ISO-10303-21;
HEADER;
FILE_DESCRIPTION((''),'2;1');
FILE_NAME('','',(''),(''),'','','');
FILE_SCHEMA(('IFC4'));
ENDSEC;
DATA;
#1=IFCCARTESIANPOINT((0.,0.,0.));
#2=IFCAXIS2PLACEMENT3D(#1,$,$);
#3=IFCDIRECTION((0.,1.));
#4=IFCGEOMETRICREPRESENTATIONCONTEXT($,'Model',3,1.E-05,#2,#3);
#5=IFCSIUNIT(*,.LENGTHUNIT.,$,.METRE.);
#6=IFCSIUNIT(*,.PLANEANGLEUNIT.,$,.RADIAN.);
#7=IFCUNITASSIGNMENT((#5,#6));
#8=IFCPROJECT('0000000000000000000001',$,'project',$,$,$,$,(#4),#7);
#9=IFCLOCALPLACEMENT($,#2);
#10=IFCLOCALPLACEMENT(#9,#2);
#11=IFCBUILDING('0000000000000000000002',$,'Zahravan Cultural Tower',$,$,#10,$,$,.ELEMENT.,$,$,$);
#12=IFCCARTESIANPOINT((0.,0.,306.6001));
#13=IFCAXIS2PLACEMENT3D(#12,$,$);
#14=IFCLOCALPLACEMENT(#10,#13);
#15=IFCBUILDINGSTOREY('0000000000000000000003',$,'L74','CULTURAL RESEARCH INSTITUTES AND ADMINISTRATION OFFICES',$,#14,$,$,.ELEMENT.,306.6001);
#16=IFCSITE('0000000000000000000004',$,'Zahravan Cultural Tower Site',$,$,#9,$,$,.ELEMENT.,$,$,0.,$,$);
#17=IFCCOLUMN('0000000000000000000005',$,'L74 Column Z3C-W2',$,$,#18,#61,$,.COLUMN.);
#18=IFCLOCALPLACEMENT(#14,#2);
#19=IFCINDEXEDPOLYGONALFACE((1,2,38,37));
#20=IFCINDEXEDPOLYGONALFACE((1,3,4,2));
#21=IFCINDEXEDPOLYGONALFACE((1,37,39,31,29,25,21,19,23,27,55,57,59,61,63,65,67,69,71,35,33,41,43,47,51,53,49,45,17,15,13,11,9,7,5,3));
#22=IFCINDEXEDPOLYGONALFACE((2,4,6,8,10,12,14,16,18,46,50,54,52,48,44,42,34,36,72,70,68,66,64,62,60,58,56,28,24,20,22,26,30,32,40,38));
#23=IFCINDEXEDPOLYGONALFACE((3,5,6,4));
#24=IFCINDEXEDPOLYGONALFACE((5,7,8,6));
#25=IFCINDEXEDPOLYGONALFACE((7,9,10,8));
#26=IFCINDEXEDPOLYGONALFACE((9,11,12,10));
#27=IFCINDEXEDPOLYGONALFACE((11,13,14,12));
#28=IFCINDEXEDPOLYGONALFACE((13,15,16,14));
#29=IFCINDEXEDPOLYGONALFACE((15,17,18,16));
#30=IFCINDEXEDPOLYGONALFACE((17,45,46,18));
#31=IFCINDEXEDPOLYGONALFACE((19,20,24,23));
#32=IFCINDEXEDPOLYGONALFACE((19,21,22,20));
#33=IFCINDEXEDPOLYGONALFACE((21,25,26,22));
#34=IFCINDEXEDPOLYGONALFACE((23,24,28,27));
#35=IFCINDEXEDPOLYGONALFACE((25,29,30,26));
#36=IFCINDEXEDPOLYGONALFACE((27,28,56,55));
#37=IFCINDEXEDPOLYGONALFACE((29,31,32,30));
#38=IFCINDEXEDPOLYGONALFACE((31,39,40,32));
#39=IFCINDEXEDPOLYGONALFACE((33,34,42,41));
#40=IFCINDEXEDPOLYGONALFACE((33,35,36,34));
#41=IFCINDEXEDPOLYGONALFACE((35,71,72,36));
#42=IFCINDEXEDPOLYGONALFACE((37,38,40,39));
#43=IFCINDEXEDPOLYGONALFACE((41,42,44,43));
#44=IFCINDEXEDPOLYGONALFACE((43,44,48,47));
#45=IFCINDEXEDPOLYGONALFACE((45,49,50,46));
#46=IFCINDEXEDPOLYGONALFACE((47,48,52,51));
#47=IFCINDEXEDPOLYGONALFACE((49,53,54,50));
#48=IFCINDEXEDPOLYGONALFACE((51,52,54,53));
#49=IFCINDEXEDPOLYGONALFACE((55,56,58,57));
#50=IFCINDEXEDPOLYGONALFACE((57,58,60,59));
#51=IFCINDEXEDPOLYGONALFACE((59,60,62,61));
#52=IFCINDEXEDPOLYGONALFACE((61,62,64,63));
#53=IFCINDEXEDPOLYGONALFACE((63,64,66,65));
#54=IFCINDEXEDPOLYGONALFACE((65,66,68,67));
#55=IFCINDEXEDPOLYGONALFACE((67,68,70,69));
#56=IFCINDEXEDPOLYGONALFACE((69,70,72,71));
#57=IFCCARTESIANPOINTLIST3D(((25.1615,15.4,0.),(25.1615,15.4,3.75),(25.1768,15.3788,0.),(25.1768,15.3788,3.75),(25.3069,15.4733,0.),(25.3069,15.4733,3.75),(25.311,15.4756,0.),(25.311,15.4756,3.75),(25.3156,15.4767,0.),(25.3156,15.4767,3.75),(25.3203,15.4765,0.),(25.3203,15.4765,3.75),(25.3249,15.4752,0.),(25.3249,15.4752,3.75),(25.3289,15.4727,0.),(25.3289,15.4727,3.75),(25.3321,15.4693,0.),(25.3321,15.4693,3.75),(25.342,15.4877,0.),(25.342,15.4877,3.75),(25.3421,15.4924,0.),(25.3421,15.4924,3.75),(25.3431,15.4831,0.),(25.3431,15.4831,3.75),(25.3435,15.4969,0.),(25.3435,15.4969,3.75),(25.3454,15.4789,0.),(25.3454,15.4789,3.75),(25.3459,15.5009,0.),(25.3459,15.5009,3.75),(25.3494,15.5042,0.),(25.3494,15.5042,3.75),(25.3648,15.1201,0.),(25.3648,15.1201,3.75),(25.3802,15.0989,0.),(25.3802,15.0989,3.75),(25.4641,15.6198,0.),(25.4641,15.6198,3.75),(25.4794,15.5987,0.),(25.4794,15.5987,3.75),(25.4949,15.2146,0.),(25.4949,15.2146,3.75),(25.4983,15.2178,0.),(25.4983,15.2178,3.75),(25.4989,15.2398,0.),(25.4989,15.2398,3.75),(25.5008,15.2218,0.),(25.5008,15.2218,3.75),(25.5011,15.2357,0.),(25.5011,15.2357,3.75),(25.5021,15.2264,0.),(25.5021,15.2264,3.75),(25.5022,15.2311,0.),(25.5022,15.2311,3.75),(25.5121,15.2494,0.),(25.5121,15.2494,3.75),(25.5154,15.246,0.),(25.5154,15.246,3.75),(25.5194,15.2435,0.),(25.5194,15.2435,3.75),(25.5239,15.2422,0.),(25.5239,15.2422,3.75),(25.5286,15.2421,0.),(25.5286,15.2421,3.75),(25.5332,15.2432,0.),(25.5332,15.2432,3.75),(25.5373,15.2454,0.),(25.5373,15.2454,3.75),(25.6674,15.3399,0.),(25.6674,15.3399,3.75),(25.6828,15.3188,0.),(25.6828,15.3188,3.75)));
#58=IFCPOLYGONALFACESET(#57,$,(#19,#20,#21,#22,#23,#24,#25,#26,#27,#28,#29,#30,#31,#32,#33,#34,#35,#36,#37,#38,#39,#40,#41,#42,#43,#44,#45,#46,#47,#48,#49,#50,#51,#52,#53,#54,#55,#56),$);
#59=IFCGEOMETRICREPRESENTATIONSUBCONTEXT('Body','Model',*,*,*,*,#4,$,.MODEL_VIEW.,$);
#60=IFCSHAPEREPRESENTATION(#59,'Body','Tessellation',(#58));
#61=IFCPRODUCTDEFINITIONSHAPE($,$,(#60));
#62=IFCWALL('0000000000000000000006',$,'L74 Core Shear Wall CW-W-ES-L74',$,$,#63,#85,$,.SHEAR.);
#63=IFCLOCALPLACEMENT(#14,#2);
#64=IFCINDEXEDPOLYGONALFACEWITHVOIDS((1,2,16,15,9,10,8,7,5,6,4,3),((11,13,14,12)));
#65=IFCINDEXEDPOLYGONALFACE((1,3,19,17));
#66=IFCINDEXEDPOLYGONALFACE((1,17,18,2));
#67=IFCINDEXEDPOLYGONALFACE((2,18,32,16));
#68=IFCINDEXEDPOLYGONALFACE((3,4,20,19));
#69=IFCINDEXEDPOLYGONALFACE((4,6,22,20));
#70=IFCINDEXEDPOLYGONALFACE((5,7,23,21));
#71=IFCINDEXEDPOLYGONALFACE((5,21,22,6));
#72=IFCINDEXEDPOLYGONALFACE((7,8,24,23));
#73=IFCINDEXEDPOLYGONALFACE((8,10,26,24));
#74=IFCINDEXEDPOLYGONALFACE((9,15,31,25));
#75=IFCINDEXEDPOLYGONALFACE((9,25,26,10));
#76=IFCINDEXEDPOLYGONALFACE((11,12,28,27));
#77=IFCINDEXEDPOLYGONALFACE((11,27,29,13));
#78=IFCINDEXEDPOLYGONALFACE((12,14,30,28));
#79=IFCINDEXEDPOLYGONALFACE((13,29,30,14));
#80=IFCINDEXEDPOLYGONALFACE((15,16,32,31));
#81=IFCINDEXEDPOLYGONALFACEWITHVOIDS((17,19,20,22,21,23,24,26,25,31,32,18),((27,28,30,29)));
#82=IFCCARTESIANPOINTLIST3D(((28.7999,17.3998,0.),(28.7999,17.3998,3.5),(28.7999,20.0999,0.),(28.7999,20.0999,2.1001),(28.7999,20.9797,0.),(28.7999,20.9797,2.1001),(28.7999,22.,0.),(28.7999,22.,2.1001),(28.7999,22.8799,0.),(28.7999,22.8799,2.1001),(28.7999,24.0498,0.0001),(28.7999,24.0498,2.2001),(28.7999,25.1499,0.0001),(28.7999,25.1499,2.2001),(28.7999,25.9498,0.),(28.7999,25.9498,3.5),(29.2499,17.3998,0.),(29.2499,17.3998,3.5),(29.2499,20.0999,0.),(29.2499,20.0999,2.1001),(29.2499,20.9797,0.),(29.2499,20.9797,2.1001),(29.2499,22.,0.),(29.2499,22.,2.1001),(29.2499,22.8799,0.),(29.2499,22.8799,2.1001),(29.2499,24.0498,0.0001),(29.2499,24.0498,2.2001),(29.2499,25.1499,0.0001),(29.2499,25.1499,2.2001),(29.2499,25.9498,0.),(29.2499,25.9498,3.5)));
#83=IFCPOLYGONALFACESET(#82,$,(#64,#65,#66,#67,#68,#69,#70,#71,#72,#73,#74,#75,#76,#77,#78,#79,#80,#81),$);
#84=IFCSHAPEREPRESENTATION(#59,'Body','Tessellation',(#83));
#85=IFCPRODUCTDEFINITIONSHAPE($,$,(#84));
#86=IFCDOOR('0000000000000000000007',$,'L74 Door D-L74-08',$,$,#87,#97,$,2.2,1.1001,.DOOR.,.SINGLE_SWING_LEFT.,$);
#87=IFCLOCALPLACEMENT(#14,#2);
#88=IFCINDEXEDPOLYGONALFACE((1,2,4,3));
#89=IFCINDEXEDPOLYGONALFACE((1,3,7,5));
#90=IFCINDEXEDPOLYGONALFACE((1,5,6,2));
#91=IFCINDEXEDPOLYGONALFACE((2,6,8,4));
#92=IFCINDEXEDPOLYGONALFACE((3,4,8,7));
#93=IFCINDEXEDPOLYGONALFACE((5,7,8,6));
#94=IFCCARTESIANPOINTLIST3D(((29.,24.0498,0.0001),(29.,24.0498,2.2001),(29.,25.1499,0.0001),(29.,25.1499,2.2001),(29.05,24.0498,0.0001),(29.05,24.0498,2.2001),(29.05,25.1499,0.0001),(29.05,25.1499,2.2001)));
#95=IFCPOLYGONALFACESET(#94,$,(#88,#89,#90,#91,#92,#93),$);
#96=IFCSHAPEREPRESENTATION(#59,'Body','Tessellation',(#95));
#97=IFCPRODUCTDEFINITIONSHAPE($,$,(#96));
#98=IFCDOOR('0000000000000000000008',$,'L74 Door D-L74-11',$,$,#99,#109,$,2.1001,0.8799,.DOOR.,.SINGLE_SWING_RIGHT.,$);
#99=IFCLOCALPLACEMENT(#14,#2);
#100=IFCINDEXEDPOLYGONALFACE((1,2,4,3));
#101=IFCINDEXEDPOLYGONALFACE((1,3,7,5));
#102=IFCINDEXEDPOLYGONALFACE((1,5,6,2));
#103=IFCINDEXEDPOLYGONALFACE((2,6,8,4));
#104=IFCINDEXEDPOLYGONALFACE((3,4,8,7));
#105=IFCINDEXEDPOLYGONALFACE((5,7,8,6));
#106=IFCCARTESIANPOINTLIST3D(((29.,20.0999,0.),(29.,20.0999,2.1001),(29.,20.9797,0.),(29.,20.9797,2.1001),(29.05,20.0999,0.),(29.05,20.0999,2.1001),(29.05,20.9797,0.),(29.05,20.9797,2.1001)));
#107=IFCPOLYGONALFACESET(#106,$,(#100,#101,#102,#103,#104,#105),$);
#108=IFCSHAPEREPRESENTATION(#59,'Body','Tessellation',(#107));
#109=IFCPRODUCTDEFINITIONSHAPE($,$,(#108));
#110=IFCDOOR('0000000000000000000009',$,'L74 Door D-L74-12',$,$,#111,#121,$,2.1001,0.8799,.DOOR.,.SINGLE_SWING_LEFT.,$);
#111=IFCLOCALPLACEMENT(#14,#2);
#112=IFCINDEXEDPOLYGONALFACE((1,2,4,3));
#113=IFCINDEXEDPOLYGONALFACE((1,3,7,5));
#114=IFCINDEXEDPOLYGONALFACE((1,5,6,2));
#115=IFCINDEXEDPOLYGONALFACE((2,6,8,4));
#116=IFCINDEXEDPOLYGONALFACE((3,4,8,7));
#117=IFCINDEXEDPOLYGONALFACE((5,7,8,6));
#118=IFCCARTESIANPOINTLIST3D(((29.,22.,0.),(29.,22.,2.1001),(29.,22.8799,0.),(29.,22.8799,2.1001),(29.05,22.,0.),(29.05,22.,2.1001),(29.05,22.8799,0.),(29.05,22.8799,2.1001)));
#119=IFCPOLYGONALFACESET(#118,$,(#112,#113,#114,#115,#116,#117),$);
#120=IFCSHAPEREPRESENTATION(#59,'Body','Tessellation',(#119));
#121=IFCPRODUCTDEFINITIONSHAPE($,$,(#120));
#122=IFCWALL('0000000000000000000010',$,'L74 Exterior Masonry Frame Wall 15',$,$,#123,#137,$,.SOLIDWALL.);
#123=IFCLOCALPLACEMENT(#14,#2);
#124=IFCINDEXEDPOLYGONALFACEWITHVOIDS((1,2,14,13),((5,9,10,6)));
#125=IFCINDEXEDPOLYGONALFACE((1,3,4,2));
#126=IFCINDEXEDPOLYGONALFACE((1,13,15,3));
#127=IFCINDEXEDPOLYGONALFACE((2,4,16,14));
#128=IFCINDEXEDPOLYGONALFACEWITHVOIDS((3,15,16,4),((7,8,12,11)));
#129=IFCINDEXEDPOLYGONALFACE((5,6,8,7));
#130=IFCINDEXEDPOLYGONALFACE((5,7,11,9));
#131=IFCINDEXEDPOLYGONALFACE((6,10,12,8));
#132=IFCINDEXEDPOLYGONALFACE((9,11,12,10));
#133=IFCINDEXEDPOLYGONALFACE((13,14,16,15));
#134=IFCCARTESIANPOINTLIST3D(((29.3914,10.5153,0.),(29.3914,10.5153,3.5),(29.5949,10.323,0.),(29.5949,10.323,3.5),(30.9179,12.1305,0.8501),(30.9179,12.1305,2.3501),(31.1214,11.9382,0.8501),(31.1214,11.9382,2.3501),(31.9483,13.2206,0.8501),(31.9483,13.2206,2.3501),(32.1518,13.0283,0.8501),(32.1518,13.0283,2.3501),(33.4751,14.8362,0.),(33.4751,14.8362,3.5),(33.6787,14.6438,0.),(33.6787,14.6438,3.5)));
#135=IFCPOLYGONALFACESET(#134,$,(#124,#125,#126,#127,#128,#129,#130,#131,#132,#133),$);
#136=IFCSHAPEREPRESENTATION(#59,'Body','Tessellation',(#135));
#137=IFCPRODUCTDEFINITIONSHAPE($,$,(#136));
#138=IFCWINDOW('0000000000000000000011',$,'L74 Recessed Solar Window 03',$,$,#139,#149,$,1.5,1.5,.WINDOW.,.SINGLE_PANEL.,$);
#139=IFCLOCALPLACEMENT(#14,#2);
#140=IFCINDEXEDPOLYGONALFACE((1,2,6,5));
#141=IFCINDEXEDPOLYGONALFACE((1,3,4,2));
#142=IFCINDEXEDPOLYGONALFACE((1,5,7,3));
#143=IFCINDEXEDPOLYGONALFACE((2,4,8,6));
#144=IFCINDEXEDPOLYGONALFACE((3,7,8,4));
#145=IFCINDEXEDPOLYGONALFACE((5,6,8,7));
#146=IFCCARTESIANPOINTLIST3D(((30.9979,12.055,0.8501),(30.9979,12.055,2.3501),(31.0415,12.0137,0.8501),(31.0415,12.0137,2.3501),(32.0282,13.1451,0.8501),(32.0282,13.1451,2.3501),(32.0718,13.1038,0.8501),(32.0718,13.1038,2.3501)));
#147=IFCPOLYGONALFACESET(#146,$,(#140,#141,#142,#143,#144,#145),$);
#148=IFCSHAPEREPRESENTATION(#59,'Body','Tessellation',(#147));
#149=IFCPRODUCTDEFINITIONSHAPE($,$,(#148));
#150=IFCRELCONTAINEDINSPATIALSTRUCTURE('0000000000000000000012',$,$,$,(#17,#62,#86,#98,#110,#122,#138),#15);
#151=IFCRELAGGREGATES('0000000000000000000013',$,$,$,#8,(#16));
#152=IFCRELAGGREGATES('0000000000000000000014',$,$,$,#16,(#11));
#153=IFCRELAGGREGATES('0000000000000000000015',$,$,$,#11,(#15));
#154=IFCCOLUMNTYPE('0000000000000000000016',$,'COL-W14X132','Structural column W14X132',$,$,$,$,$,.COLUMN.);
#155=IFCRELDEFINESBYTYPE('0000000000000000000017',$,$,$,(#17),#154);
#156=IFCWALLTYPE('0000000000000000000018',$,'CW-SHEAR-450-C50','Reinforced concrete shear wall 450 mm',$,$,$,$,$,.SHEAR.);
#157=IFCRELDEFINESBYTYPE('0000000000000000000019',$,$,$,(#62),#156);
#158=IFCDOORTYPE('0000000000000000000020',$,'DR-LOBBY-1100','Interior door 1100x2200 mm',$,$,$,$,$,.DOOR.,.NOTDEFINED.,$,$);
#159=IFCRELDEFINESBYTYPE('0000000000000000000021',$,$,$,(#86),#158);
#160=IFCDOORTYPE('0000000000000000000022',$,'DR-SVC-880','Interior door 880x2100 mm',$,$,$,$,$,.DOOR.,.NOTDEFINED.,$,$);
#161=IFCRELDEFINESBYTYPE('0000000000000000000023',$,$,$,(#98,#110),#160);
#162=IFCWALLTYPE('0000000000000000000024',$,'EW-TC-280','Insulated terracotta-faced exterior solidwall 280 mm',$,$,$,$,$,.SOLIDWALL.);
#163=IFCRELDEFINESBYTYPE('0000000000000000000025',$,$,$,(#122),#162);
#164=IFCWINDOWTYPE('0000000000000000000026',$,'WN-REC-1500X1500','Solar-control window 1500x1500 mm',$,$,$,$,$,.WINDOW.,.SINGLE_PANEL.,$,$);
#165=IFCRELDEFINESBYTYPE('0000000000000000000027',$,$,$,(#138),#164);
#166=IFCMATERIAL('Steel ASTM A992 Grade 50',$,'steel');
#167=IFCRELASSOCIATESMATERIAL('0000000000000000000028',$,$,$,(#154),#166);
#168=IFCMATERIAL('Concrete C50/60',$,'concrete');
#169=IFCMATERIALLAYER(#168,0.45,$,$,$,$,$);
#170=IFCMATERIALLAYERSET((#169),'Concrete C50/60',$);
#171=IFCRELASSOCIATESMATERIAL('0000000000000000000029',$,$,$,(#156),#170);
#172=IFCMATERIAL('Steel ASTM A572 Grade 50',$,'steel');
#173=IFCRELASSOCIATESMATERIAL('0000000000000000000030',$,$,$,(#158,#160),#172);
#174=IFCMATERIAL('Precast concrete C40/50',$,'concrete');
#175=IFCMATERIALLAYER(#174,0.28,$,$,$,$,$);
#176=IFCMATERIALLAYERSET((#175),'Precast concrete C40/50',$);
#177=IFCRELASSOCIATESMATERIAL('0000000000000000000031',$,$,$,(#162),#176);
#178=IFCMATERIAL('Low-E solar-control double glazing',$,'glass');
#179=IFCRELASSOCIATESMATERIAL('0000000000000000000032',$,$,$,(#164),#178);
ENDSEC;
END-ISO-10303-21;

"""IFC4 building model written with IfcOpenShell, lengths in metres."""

from ifc_helpers import new_model, si_unit, direction, frame, frame_2d, origin, origin_2d, place, context, subcontext, project, spatial, rectangle, i_section, extrude, source, transform, mapped, material, layer, layer_set, material_profile, profile_set, type_object, element, fill, save


model = new_model("IFC4")

# Units and contexts
model_context = context("Model", 3, precision=1e-05, world=origin(), true_north=direction((0.0, 1.0)))
body_context = subcontext(model_context, "Body", "Model", "MODEL_VIEW")
ifc_project = project(units=[si_unit("LENGTHUNIT", "METRE"), si_unit("PLANEANGLEUNIT", "RADIAN")], contexts=[model_context])

# Site, building, storey
site_placement = place(None, origin())
site = spatial("IfcSite", under=ifc_project, at=site_placement, Name="Zahravan Cultural Tower Site", CompositionType="ELEMENT", RefElevation=0.0)
building_placement = place(site_placement, origin())
building = spatial("IfcBuilding", under=site, at=building_placement, Name="Zahravan Cultural Tower", CompositionType="ELEMENT")
storey_placement = place(building_placement, frame((0.0, 0.0, 306.6001)))
storey = spatial("IfcBuildingStorey", under=building, at=storey_placement, Name="L74", Description="CULTURAL RESEARCH INSTITUTES AND ADMINISTRATION OFFICES", CompositionType="ELEMENT", Elevation=306.6001)

# Column
ifc_material_1 = material(Name="Steel ASTM A992 Grade 50", Category="steel")
ifc_material_profile = material_profile(ifc_material_1, i_section(OverallWidth=0.374, OverallDepth=0.3721, WebThickness=0.0164, FlangeThickness=0.0261, FilletRadius=0.0181, at=origin_2d()), Name="W14X132")
ifc_profile_set = profile_set([ifc_material_profile], Name="Steel ASTM A992 Grade 50")
column_type = type_object("IfcColumnType", Name="COL-W14X132", Description="Structural column W14X132", PredefinedType="COLUMN", material=ifc_profile_set)
shared_shape_1 = source(origin(), body_context, "Body", "SweptSolid", [
    extrude(i_section(OverallWidth=0.374, OverallDepth=0.3721, WebThickness=0.0164, FlangeThickness=0.0261, FilletRadius=0.0181, at=origin_2d()), origin(), (0.0, 0.0, 1.0), 3.75),
])
column_placement = place(storey_placement, frame((25.4221, 15.3594, 0.0), z_axis=(0.0, 0.0, 1.0), x_axis=(0.809017, 0.587785, 0.0)))
element("IfcColumn", 1, at=column_placement, inside=storey, type_object=column_type, Name="L74 Column Z3C-W2", PredefinedType="COLUMN", context=body_context, shape_type="MappedRepresentation", body=[
    mapped(shared_shape_1, transform((0.0, 0.0, 0.0), x_axis=(1.0, 0.0, 0.0), y_axis=(0.0, 1.0, 0.0), z_axis=(0.0, 0.0, 1.0), scale=1.0)),
])

# Wall, openings, doors
ifc_material_2 = material(Name="Concrete C50/60", Category="concrete")
ifc_layer_1 = layer(ifc_material_2, 0.45)
ifc_layer_set_1 = layer_set([ifc_layer_1], Name="Concrete C50/60")
wall_type_1 = type_object("IfcWallType", Name="CW-SHEAR-450-C50", Description="Reinforced concrete shear wall 450 mm", PredefinedType="SHEAR", material=ifc_layer_set_1)
wall_1_placement = place(storey_placement, frame((29.0249, 17.3999, 0.0), z_axis=(0.0, 0.0, 1.0), x_axis=(0.0, 1.0, 0.0)))
wall_1 = element("IfcWall", 2, at=wall_1_placement, inside=storey, type_object=wall_type_1, Name="L74 Core Shear Wall CW-W-ES-L74", PredefinedType="SHEAR", context=body_context, shape_type="SweptSolid", body=[
    extrude(rectangle(XDim=8.55, YDim=0.45, at=frame_2d((4.2749, 0.0))), origin(), (0.0, 0.0, 1.0), 3.5),
])
opening_1_placement = place(wall_1_placement, frame((6.6499, 0.0, 0.0)))
opening_1 = element("IfcOpeningElement", 3, at=opening_1_placement, cuts=wall_1, PredefinedType="OPENING", context=body_context, shape_type="SweptSolid", body=[
    extrude(rectangle(XDim=1.1001, YDim=2.2, at=frame_2d((0.55, 1.1001))), frame((0.0, 0.2349, 0.0), z_axis=(0.0, -1.0, 0.0), x_axis=(1.0, 0.0, 0.0)), (0.0, 0.0, 1.0), 0.47),
])
opening_2_placement = place(wall_1_placement, frame((2.7, 0.0, 0.0)))
opening_2 = element("IfcOpeningElement", 4, at=opening_2_placement, cuts=wall_1, PredefinedType="OPENING", context=body_context, shape_type="SweptSolid", body=[
    extrude(rectangle(XDim=0.8799, YDim=2.1001, at=frame_2d((0.4399, 1.05))), frame((0.0, 0.2349, 0.0), z_axis=(0.0, -1.0, 0.0), x_axis=(1.0, 0.0, 0.0)), (0.0, 0.0, 1.0), 0.47),
])
opening_3_placement = place(wall_1_placement, frame((4.6001, 0.0, 0.0)))
opening_3 = element("IfcOpeningElement", 5, at=opening_3_placement, cuts=wall_1, PredefinedType="OPENING", context=body_context, shape_type="SweptSolid", body=[
    extrude(rectangle(XDim=0.8799, YDim=2.1001, at=frame_2d((0.4399, 1.05))), frame((0.0, 0.2349, 0.0), z_axis=(0.0, -1.0, 0.0), x_axis=(1.0, 0.0, 0.0)), (0.0, 0.0, 1.0), 0.47),
])
ifc_material_3 = material(Name="Steel ASTM A572 Grade 50", Category="steel")
door_type_1 = type_object("IfcDoorType", Name="DR-LOBBY-1100", Description="Interior door 1100x2200 mm", OperationType="NOTDEFINED", PredefinedType="DOOR", material=ifc_material_3)
shared_shape_2 = source(origin(), body_context, "Body", "SweptSolid", [
    extrude(rectangle(XDim=1.1001, YDim=2.2, at=frame_2d((0.55, 1.1001))), frame((0.0, 0.0249, 0.0), z_axis=(0.0, -1.0, 0.0), x_axis=(1.0, 0.0, 0.0)), (0.0, 0.0, 1.0), 0.05),
])
door_1_placement = place(opening_1_placement, origin())
door_1 = element("IfcDoor", 6, at=door_1_placement, inside=storey, type_object=door_type_1, Name="L74 Door D-L74-08", OperationType="SINGLE_SWING_LEFT", OverallHeight=2.2, OverallWidth=1.1001, PredefinedType="DOOR", context=body_context, shape_type="MappedRepresentation", body=[
    mapped(shared_shape_2, transform((0.0, 0.0, 0.0), x_axis=(1.0, 0.0, 0.0), y_axis=(0.0, 1.0, 0.0), z_axis=(0.0, 0.0, 1.0), scale=1.0)),
])
fill(opening_1, door_1)
door_type_2 = type_object("IfcDoorType", Name="DR-SVC-880", Description="Interior door 880x2100 mm", OperationType="NOTDEFINED", PredefinedType="DOOR", material=ifc_material_3)
shared_shape_3 = source(origin(), body_context, "Body", "SweptSolid", [
    extrude(rectangle(XDim=0.8799, YDim=2.1001, at=frame_2d((0.4399, 1.05))), frame((0.0, 0.0249, 0.0), z_axis=(0.0, -1.0, 0.0), x_axis=(1.0, 0.0, 0.0)), (0.0, 0.0, 1.0), 0.05),
])
door_2_placement = place(opening_2_placement, origin())
door_2 = element("IfcDoor", 7, at=door_2_placement, inside=storey, type_object=door_type_2, Name="L74 Door D-L74-11", OperationType="SINGLE_SWING_RIGHT", OverallHeight=2.1001, OverallWidth=0.8799, PredefinedType="DOOR", context=body_context, shape_type="MappedRepresentation", body=[
    mapped(shared_shape_3, transform((0.0, 0.0, 0.0), x_axis=(1.0, 0.0, 0.0), y_axis=(0.0, 1.0, 0.0), z_axis=(0.0, 0.0, 1.0), scale=1.0)),
])
fill(opening_2, door_2)
door_3_placement = place(opening_3_placement, origin())
door_3 = element("IfcDoor", 8, at=door_3_placement, inside=storey, type_object=door_type_2, Name="L74 Door D-L74-12", OperationType="SINGLE_SWING_LEFT", OverallHeight=2.1001, OverallWidth=0.8799, PredefinedType="DOOR", context=body_context, shape_type="MappedRepresentation", body=[
    mapped(shared_shape_3, transform((0.0, 0.0, 0.0), x_axis=(1.0, 0.0, 0.0), y_axis=(0.0, 1.0, 0.0), z_axis=(0.0, 0.0, 1.0), scale=1.0)),
])
fill(opening_3, door_3)

# Wall, opening, window
ifc_material_4 = material(Name="Precast concrete C40/50", Category="concrete")
ifc_layer_2 = layer(ifc_material_4, 0.28)
ifc_layer_set_2 = layer_set([ifc_layer_2], Name="Precast concrete C40/50")
wall_type_2 = type_object("IfcWallType", Name="EW-TC-280", Description="Insulated terracotta-faced exterior solidwall 280 mm", PredefinedType="SOLIDWALL", material=ifc_layer_set_2)
wall_2_placement = place(storey_placement, frame((33.5769, 14.74, 0.0), z_axis=(0.0, 0.0, 1.0), x_axis=(-0.686889, -0.726763, 0.0)))
wall_2 = element("IfcWall", 9, at=wall_2_placement, inside=storey, type_object=wall_type_2, Name="L74 Exterior Masonry Frame Wall 15", PredefinedType="SOLIDWALL", context=body_context, shape_type="SweptSolid", body=[
    extrude(rectangle(XDim=5.9453, YDim=0.28, at=frame_2d((2.9727, 0.0))), origin(), (0.0, 0.0, 1.0), 3.5),
])
opening_4_placement = place(wall_2_placement, frame((2.2229, 0.0, 0.8501)))
opening_4 = element("IfcOpeningElement", 10, at=opening_4_placement, cuts=wall_2, PredefinedType="OPENING", context=body_context, shape_type="SweptSolid", body=[
    extrude(rectangle(XDim=1.5, YDim=1.5, at=frame_2d((0.75, 0.75))), frame((0.0, 0.1499, 0.0), z_axis=(0.0, -1.0, 0.0), x_axis=(1.0, 0.0, 0.0)), (0.0, 0.0, 1.0), 0.3),
])
ifc_material_5 = material(Name="Low-E solar-control double glazing", Category="glass")
window_type = type_object("IfcWindowType", Name="WN-REC-1500X1500", Description="Solar-control window 1500x1500 mm", PartitioningType="SINGLE_PANEL", PredefinedType="WINDOW", material=ifc_material_5)
shared_shape_4 = source(origin(), body_context, "Body", "SweptSolid", [
    extrude(rectangle(XDim=1.5, YDim=1.5, at=frame_2d((0.75, 0.75))), frame((0.0, 0.03, 0.0), z_axis=(0.0, -1.0, 0.0), x_axis=(1.0, 0.0, 0.0)), (0.0, 0.0, 1.0), 0.0601),
])
window_1_placement = place(opening_4_placement, origin())
window_1 = element("IfcWindow", 11, at=window_1_placement, inside=storey, type_object=window_type, Name="L74 Recessed Solar Window 03", OverallHeight=1.5, OverallWidth=1.5, PartitioningType="SINGLE_PANEL", PredefinedType="WINDOW", context=body_context, shape_type="MappedRepresentation", body=[
    mapped(shared_shape_4, transform((0.0, 0.0, 0.0), x_axis=(1.0, 0.0, 0.0), y_axis=(0.0, 1.0, 0.0), z_axis=(0.0, 0.0, 1.0), scale=1.0)),
])
fill(opening_4, window_1)

save(model, "model.ifc")
